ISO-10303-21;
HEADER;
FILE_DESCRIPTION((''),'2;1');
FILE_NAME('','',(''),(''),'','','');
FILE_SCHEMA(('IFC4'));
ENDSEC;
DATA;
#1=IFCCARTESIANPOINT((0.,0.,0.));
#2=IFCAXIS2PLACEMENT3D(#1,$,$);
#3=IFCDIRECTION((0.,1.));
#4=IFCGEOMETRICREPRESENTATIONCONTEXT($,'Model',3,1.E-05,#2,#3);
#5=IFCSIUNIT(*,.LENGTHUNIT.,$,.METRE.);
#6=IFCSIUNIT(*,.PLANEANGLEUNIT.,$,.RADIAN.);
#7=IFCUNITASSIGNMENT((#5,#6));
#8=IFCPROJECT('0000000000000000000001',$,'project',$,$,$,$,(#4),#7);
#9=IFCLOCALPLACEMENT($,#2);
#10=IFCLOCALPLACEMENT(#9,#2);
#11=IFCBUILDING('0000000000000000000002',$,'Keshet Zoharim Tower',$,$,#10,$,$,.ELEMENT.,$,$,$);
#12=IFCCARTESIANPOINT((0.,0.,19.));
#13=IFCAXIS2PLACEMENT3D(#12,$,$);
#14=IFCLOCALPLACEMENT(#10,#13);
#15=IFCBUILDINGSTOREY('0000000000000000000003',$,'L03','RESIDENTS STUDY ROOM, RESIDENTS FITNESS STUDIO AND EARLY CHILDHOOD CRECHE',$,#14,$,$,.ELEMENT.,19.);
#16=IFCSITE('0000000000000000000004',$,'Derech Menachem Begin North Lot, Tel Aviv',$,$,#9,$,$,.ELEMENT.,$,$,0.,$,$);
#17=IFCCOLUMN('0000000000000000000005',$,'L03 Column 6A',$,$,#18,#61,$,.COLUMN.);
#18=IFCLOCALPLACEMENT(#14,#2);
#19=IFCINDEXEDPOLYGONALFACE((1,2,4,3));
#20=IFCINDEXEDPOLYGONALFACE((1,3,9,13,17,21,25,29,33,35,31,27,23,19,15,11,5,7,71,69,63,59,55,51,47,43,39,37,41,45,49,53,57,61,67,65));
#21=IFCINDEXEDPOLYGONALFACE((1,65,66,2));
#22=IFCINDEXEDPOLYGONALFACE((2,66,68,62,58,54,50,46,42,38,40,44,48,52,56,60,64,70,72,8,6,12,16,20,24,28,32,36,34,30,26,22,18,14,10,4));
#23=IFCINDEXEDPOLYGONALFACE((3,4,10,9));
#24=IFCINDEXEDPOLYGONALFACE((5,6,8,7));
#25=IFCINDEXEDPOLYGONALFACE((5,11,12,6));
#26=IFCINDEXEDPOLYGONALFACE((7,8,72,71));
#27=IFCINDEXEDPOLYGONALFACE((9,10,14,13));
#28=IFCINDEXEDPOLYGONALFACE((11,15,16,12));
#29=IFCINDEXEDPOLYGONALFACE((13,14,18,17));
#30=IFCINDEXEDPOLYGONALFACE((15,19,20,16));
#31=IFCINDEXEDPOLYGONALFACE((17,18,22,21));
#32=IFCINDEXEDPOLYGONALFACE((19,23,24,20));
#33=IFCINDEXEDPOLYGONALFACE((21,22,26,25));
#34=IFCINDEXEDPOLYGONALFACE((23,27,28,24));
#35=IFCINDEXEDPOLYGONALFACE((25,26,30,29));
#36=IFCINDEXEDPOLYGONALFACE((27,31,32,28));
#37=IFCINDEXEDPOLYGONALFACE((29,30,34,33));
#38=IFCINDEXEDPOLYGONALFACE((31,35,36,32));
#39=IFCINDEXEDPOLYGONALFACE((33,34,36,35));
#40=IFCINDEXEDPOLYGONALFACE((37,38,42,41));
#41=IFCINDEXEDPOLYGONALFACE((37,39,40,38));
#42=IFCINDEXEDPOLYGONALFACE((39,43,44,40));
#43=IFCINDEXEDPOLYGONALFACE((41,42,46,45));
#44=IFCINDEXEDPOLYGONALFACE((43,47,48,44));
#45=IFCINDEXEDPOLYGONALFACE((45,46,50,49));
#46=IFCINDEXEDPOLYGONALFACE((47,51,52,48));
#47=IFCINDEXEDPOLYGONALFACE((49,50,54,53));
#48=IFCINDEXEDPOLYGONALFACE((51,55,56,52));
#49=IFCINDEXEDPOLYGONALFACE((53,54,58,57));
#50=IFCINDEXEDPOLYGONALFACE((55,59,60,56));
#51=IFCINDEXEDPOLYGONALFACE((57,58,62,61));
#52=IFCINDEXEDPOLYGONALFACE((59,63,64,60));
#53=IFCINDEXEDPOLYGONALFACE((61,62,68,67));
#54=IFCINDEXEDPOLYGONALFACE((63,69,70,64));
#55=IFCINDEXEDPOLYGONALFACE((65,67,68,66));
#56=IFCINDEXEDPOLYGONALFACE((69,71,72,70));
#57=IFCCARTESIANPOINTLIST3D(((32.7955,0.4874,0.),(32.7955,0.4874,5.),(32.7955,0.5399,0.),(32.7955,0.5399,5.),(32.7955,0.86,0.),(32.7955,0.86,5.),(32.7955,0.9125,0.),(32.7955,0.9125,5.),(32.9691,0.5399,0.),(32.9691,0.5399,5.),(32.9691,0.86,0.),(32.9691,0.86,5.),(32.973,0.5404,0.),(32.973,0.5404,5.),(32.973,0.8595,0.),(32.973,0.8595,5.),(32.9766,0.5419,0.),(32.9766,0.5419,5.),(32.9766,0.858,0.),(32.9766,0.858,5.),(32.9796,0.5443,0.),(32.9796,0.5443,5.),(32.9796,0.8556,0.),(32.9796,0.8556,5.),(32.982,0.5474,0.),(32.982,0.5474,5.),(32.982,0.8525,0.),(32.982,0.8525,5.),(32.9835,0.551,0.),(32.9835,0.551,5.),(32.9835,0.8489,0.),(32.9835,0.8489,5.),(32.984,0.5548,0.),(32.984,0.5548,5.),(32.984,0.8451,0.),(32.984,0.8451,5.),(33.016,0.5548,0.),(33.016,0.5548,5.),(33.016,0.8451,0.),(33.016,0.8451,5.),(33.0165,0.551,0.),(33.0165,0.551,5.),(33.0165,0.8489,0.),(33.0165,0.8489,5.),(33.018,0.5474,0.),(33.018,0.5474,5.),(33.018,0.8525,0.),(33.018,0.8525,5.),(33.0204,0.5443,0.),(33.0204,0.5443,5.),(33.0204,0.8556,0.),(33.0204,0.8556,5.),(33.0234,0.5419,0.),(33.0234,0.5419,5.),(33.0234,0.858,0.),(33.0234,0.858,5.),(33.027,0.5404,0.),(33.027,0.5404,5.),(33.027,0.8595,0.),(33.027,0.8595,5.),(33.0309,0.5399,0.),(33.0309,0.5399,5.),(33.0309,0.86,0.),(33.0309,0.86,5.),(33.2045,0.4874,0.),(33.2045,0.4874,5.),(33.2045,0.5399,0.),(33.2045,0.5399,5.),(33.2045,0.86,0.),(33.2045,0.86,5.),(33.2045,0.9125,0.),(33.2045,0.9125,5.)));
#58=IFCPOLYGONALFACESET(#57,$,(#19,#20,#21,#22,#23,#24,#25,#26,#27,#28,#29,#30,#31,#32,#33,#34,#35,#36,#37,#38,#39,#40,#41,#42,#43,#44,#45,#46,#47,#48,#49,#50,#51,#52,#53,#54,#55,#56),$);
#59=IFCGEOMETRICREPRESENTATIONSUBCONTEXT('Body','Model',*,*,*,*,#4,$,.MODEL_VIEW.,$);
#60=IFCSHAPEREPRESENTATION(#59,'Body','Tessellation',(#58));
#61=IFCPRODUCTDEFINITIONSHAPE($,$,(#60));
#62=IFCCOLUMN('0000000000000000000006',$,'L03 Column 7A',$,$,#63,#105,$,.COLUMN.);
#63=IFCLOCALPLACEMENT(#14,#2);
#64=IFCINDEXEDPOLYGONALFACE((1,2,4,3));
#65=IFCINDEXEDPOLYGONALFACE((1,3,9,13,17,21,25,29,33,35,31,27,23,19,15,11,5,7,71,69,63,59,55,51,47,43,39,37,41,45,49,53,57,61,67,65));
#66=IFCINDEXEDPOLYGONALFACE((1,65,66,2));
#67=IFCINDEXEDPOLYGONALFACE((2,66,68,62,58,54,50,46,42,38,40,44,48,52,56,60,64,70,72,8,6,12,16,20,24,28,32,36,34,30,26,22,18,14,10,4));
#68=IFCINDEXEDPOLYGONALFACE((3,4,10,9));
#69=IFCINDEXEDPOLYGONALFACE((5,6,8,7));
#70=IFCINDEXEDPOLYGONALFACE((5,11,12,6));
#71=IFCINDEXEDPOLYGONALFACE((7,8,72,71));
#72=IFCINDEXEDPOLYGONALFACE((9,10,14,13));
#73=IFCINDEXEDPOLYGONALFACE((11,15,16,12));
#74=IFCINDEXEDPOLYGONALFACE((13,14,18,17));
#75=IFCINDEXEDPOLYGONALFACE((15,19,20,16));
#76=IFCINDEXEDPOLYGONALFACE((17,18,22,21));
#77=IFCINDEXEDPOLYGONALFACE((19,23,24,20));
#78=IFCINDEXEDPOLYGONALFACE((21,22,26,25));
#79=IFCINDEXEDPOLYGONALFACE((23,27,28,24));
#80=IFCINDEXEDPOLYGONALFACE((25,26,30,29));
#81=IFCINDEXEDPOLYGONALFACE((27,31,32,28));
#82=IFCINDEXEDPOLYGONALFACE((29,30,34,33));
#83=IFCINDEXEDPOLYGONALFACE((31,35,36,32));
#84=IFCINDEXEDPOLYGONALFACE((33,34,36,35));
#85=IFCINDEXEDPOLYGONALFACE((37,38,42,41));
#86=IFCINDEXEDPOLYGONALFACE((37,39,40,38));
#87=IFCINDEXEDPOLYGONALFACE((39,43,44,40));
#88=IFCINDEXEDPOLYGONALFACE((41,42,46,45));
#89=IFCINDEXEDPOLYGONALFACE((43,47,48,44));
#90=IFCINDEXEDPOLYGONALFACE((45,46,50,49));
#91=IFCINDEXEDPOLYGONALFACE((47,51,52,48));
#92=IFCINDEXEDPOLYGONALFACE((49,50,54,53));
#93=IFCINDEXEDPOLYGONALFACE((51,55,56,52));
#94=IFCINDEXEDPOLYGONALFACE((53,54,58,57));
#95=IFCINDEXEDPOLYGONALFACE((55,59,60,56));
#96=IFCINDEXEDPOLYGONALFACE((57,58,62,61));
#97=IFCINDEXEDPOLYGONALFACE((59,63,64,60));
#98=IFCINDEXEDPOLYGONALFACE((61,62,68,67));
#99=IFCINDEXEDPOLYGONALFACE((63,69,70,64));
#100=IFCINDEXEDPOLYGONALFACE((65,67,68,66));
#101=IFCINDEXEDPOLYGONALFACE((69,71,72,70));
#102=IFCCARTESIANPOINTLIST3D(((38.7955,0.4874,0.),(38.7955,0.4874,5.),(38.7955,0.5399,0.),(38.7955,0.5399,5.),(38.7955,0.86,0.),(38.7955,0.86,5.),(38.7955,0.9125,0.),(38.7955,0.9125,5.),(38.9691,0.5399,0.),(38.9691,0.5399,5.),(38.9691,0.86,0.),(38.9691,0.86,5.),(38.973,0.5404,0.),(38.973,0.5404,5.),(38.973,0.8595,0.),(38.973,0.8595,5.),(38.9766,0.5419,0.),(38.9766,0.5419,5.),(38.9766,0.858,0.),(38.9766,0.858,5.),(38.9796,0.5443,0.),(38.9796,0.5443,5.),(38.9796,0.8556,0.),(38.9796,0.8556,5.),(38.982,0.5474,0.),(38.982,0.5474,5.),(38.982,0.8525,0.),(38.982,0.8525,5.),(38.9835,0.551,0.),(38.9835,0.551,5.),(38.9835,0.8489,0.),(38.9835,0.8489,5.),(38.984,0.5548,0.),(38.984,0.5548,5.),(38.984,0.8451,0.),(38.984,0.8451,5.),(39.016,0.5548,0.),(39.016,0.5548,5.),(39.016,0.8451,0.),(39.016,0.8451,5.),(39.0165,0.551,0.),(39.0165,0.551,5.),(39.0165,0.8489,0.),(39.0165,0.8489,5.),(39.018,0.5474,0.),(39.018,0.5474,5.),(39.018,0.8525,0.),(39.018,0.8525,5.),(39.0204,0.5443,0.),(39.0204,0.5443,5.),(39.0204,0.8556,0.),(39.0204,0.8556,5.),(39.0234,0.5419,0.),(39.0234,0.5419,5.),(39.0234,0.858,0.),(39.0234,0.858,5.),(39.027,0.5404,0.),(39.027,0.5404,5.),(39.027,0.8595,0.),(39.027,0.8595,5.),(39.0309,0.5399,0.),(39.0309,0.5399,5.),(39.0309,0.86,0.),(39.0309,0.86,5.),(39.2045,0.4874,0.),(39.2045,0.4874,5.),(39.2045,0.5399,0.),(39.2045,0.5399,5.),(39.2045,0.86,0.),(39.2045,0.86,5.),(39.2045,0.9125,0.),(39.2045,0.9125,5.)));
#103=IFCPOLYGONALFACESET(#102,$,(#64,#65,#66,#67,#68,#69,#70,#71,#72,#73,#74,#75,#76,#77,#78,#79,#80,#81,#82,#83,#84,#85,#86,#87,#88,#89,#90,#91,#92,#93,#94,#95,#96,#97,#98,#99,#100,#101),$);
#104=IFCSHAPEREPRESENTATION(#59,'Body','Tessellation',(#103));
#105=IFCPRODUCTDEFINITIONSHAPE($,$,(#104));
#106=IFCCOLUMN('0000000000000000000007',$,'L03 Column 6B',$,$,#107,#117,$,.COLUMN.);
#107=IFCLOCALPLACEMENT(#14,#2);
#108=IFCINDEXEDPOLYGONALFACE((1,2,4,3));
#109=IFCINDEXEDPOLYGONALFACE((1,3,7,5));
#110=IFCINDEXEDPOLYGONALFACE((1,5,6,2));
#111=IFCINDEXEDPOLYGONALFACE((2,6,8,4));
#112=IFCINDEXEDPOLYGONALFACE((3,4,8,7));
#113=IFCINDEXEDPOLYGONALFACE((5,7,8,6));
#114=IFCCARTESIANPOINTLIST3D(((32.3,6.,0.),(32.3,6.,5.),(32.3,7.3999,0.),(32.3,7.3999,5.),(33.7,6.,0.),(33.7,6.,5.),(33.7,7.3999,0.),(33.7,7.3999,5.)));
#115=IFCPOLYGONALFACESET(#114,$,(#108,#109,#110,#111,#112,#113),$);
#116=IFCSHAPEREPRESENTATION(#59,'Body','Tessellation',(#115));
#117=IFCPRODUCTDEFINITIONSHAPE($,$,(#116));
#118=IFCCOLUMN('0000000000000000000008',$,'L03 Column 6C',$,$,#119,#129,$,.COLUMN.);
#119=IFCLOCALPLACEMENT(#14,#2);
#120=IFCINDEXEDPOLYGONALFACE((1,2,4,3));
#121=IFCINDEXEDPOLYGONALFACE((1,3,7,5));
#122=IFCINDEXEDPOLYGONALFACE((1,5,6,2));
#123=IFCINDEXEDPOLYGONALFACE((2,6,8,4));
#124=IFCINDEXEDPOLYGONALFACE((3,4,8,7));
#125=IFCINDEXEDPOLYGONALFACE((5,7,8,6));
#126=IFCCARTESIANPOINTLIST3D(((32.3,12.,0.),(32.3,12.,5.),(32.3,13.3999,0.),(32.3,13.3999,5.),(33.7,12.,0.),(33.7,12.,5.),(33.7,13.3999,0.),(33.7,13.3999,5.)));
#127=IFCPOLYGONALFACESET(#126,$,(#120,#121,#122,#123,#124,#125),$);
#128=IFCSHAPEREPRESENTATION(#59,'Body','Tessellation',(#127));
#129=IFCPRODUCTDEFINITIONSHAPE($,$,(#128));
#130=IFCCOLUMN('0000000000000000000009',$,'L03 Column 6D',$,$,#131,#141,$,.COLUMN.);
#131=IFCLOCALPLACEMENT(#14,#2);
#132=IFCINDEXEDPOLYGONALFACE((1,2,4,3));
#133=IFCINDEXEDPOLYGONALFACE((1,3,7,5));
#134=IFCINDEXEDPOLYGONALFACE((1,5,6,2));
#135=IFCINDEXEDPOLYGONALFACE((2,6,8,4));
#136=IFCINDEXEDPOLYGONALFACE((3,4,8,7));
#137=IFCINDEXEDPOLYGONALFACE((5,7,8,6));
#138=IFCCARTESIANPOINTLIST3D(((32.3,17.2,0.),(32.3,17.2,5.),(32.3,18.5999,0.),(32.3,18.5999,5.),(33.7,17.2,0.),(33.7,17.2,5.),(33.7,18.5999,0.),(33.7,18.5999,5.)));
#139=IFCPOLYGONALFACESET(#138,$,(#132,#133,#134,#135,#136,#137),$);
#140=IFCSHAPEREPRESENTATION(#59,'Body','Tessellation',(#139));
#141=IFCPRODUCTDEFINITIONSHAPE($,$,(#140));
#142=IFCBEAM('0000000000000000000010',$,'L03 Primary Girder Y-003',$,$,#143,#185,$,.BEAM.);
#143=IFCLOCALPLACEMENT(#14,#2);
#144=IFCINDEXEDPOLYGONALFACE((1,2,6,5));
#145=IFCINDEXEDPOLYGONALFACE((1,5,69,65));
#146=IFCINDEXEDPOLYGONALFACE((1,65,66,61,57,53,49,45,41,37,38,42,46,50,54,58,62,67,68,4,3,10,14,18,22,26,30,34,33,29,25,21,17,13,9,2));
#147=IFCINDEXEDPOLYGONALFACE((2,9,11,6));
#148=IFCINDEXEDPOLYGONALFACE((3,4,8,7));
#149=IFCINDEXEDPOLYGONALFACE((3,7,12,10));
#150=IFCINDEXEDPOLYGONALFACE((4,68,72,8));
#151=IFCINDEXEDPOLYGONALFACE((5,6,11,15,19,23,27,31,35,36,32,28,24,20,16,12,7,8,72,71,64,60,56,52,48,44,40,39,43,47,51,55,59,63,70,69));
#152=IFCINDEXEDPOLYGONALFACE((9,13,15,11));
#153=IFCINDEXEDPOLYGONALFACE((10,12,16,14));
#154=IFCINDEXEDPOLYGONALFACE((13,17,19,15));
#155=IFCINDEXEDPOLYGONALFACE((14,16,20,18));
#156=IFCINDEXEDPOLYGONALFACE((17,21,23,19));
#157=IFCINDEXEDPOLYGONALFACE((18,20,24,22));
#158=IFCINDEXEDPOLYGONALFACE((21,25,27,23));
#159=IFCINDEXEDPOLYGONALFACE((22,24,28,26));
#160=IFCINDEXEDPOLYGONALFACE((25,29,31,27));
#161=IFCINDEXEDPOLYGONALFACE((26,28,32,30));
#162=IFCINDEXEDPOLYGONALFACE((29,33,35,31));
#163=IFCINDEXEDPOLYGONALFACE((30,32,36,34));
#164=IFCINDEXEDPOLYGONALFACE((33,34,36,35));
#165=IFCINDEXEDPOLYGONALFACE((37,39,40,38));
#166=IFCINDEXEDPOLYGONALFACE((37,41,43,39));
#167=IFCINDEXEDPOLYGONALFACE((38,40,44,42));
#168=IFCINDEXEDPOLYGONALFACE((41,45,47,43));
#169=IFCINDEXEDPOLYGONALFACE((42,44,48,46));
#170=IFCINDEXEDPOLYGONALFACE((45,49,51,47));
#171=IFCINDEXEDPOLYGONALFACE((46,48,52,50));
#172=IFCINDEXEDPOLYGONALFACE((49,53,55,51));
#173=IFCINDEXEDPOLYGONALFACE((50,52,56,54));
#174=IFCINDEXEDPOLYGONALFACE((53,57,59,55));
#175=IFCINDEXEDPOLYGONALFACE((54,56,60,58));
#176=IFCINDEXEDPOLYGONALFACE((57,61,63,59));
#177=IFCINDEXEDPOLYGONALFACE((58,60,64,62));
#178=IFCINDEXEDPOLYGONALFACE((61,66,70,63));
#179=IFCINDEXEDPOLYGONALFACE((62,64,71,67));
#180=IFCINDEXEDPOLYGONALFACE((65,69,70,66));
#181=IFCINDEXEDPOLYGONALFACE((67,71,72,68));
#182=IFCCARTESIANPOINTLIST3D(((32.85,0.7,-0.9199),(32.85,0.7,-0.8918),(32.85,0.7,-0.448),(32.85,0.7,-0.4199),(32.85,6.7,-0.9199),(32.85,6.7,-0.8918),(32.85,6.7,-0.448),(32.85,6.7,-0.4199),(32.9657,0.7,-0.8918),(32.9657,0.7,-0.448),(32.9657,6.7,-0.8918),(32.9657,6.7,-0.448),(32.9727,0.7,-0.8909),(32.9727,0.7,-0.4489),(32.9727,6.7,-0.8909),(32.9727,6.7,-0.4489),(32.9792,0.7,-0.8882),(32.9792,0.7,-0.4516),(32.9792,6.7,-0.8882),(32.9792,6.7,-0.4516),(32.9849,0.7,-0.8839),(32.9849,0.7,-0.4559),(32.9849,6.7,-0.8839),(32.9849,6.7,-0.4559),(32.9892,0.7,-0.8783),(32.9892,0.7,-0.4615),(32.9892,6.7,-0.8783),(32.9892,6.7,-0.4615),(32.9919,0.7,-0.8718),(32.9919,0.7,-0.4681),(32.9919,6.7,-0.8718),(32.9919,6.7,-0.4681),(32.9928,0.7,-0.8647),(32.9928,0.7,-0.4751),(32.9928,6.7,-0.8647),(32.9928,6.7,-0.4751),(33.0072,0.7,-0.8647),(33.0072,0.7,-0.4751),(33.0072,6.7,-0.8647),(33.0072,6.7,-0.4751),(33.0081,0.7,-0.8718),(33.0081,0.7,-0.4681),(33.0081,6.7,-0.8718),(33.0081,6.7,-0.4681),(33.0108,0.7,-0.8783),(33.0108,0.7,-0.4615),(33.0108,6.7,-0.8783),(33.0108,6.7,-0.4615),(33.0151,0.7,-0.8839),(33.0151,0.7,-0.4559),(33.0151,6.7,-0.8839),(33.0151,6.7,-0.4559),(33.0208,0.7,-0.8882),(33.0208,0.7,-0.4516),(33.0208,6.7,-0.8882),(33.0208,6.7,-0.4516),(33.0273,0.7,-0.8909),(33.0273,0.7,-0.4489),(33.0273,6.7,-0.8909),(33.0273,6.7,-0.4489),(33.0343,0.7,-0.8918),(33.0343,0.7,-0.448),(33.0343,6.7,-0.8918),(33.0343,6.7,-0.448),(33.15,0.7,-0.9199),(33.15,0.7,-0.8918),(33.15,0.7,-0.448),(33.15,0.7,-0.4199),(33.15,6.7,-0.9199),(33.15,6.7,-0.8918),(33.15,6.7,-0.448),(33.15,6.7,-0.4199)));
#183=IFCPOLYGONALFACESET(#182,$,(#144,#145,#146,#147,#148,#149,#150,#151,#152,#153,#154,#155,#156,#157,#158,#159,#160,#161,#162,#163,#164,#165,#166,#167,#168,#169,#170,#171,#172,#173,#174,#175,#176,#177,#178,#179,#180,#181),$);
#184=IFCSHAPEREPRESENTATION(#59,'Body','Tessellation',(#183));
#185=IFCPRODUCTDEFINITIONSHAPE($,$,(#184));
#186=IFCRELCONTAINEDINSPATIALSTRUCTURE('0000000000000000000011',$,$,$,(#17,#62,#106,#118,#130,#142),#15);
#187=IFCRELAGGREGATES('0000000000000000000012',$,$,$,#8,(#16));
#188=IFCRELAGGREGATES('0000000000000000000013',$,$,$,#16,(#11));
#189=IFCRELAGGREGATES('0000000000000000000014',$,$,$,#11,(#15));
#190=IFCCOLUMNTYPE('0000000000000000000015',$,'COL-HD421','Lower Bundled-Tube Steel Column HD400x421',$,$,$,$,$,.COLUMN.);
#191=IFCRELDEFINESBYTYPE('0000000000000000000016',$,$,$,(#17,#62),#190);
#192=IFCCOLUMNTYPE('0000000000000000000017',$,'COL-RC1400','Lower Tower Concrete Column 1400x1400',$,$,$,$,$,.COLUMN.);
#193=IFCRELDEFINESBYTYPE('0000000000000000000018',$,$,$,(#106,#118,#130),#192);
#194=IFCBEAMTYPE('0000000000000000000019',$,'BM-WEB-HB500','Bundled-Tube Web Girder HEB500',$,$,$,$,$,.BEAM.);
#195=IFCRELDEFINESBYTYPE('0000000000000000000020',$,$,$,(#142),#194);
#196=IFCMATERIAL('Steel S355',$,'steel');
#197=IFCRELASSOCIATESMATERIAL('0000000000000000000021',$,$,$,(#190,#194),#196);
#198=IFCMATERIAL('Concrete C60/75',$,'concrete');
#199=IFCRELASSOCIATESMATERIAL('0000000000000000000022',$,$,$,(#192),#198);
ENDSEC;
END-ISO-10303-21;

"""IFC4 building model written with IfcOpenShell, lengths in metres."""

from ifc_helpers import new_model, si_unit, direction, frame, origin, origin_2d, place, context, subcontext, project, spatial, rectangle, i_section, extrude, material, material_profile, profile_set, type_object, element, save


model = new_model("IFC4")

# Units and contexts
model_context = context("Model", 3, precision=1e-05, world=origin(), true_north=direction((0.0, 1.0)))
body_context = subcontext(model_context, "Body", "Model", "MODEL_VIEW")
ifc_project = project(units=[si_unit("LENGTHUNIT", "METRE"), si_unit("PLANEANGLEUNIT", "RADIAN")], contexts=[model_context])

# Site, building, storey
site_placement = place(None, origin())
site = spatial("IfcSite", under=ifc_project, at=site_placement, Name="Derech Menachem Begin North Lot, Tel Aviv", CompositionType="ELEMENT", RefElevation=0.0)
building_placement = place(site_placement, origin())
building = spatial("IfcBuilding", under=site, at=building_placement, Name="Keshet Zoharim Tower", CompositionType="ELEMENT")
storey_placement = place(building_placement, frame((0.0, 0.0, 19.0)))
storey = spatial("IfcBuildingStorey", under=building, at=storey_placement, Name="L03", Description="RESIDENTS STUDY ROOM, RESIDENTS FITNESS STUDIO AND EARLY CHILDHOOD CRECHE", CompositionType="ELEMENT", Elevation=19.0)

# Columns
ifc_material_1 = material(Name="Steel S355", Category="steel")
ifc_material_profile_1 = material_profile(ifc_material_1, i_section(OverallWidth=0.4089, OverallDepth=0.425, WebThickness=0.032, FlangeThickness=0.0525, FilletRadius=0.0149, at=origin_2d()), Name="HD400x421")
ifc_profile_set_1 = profile_set([ifc_material_profile_1], Name="Steel S355")
column_type_1 = type_object("IfcColumnType", Name="COL-HD421", Description="Lower Bundled-Tube Steel Column HD400x421", PredefinedType="COLUMN", material=ifc_profile_set_1)
for number, where, z_axis, x_axis, name in (
    (1, (33.0, 0.7, 0.0), (0.0, 0.0, 1.0), (1.0, 0.0, 0.0), "L03 Column 6A"),
    (2, (39.0, 0.7, 0.0), (0.0, 0.0, 1.0), (1.0, 0.0, 0.0), "L03 Column 7A"),
):
    element("IfcColumn", number, at=place(storey_placement, frame(where, z_axis=z_axis, x_axis=x_axis)), inside=storey, type_object=column_type_1, Name=name, PredefinedType="COLUMN", context=body_context, shape_type="SweptSolid", body=[
        extrude(i_section(OverallWidth=0.4089, OverallDepth=0.425, WebThickness=0.032, FlangeThickness=0.0525, FilletRadius=0.0149, at=origin_2d()), origin(), (0.0, 0.0, 1.0), 5.0),
    ])
ifc_material_2 = material(Name="Concrete C60/75", Category="concrete")
ifc_material_profile_2 = material_profile(ifc_material_2, rectangle(XDim=1.3999, YDim=1.3999, at=origin_2d()), Name="RC1400x1400")
ifc_profile_set_2 = profile_set([ifc_material_profile_2], Name="Concrete C60/75")
column_type_2 = type_object("IfcColumnType", Name="COL-RC1400", Description="Lower Tower Concrete Column 1400x1400", PredefinedType="COLUMN", material=ifc_profile_set_2)
for number, where, z_axis, x_axis, name in (
    (3, (33.0, 6.7, 0.0), (0.0, 0.0, 1.0), (1.0, 0.0, 0.0), "L03 Column 6B"),
    (4, (33.0, 12.7, 0.0), (0.0, 0.0, 1.0), (1.0, 0.0, 0.0), "L03 Column 6C"),
    (5, (33.0, 17.8999, 0.0), (0.0, 0.0, 1.0), (1.0, 0.0, 0.0), "L03 Column 6D"),
):
    element("IfcColumn", number, at=place(storey_placement, frame(where, z_axis=z_axis, x_axis=x_axis)), inside=storey, type_object=column_type_2, Name=name, PredefinedType="COLUMN", context=body_context, shape_type="SweptSolid", body=[
        extrude(rectangle(XDim=1.3999, YDim=1.3999, at=origin_2d()), origin(), (0.0, 0.0, 1.0), 5.0),
    ])

# Beam
ifc_material_profile_3 = material_profile(ifc_material_1, i_section(OverallWidth=0.3, OverallDepth=0.5, WebThickness=0.0144, FlangeThickness=0.0281, FilletRadius=0.0271, at=origin_2d()), Name="HEB500")
ifc_profile_set_3 = profile_set([ifc_material_profile_3], Name="Steel S355")
beam_type = type_object("IfcBeamType", Name="BM-WEB-HB500", Description="Bundled-Tube Web Girder HEB500", PredefinedType="BEAM", material=ifc_profile_set_3)
for number, where, z_axis, x_axis, name in (
    (6, (33.0, 0.7, -0.6699), (0.0, 1.0, 0.0), (-1.0, 0.0, 0.0), "L03 Primary Girder Y-003"),
):
    element("IfcBeam", number, at=place(storey_placement, frame(where, z_axis=z_axis, x_axis=x_axis)), inside=storey, type_object=beam_type, Name=name, PredefinedType="BEAM", context=body_context, shape_type="SweptSolid", body=[
        extrude(i_section(OverallWidth=0.3, OverallDepth=0.5, WebThickness=0.0144, FlangeThickness=0.0281, FilletRadius=0.0271, at=origin_2d()), origin(), (0.0, 0.0, 1.0), 6.0),
    ])

save(model, "model.ifc")
